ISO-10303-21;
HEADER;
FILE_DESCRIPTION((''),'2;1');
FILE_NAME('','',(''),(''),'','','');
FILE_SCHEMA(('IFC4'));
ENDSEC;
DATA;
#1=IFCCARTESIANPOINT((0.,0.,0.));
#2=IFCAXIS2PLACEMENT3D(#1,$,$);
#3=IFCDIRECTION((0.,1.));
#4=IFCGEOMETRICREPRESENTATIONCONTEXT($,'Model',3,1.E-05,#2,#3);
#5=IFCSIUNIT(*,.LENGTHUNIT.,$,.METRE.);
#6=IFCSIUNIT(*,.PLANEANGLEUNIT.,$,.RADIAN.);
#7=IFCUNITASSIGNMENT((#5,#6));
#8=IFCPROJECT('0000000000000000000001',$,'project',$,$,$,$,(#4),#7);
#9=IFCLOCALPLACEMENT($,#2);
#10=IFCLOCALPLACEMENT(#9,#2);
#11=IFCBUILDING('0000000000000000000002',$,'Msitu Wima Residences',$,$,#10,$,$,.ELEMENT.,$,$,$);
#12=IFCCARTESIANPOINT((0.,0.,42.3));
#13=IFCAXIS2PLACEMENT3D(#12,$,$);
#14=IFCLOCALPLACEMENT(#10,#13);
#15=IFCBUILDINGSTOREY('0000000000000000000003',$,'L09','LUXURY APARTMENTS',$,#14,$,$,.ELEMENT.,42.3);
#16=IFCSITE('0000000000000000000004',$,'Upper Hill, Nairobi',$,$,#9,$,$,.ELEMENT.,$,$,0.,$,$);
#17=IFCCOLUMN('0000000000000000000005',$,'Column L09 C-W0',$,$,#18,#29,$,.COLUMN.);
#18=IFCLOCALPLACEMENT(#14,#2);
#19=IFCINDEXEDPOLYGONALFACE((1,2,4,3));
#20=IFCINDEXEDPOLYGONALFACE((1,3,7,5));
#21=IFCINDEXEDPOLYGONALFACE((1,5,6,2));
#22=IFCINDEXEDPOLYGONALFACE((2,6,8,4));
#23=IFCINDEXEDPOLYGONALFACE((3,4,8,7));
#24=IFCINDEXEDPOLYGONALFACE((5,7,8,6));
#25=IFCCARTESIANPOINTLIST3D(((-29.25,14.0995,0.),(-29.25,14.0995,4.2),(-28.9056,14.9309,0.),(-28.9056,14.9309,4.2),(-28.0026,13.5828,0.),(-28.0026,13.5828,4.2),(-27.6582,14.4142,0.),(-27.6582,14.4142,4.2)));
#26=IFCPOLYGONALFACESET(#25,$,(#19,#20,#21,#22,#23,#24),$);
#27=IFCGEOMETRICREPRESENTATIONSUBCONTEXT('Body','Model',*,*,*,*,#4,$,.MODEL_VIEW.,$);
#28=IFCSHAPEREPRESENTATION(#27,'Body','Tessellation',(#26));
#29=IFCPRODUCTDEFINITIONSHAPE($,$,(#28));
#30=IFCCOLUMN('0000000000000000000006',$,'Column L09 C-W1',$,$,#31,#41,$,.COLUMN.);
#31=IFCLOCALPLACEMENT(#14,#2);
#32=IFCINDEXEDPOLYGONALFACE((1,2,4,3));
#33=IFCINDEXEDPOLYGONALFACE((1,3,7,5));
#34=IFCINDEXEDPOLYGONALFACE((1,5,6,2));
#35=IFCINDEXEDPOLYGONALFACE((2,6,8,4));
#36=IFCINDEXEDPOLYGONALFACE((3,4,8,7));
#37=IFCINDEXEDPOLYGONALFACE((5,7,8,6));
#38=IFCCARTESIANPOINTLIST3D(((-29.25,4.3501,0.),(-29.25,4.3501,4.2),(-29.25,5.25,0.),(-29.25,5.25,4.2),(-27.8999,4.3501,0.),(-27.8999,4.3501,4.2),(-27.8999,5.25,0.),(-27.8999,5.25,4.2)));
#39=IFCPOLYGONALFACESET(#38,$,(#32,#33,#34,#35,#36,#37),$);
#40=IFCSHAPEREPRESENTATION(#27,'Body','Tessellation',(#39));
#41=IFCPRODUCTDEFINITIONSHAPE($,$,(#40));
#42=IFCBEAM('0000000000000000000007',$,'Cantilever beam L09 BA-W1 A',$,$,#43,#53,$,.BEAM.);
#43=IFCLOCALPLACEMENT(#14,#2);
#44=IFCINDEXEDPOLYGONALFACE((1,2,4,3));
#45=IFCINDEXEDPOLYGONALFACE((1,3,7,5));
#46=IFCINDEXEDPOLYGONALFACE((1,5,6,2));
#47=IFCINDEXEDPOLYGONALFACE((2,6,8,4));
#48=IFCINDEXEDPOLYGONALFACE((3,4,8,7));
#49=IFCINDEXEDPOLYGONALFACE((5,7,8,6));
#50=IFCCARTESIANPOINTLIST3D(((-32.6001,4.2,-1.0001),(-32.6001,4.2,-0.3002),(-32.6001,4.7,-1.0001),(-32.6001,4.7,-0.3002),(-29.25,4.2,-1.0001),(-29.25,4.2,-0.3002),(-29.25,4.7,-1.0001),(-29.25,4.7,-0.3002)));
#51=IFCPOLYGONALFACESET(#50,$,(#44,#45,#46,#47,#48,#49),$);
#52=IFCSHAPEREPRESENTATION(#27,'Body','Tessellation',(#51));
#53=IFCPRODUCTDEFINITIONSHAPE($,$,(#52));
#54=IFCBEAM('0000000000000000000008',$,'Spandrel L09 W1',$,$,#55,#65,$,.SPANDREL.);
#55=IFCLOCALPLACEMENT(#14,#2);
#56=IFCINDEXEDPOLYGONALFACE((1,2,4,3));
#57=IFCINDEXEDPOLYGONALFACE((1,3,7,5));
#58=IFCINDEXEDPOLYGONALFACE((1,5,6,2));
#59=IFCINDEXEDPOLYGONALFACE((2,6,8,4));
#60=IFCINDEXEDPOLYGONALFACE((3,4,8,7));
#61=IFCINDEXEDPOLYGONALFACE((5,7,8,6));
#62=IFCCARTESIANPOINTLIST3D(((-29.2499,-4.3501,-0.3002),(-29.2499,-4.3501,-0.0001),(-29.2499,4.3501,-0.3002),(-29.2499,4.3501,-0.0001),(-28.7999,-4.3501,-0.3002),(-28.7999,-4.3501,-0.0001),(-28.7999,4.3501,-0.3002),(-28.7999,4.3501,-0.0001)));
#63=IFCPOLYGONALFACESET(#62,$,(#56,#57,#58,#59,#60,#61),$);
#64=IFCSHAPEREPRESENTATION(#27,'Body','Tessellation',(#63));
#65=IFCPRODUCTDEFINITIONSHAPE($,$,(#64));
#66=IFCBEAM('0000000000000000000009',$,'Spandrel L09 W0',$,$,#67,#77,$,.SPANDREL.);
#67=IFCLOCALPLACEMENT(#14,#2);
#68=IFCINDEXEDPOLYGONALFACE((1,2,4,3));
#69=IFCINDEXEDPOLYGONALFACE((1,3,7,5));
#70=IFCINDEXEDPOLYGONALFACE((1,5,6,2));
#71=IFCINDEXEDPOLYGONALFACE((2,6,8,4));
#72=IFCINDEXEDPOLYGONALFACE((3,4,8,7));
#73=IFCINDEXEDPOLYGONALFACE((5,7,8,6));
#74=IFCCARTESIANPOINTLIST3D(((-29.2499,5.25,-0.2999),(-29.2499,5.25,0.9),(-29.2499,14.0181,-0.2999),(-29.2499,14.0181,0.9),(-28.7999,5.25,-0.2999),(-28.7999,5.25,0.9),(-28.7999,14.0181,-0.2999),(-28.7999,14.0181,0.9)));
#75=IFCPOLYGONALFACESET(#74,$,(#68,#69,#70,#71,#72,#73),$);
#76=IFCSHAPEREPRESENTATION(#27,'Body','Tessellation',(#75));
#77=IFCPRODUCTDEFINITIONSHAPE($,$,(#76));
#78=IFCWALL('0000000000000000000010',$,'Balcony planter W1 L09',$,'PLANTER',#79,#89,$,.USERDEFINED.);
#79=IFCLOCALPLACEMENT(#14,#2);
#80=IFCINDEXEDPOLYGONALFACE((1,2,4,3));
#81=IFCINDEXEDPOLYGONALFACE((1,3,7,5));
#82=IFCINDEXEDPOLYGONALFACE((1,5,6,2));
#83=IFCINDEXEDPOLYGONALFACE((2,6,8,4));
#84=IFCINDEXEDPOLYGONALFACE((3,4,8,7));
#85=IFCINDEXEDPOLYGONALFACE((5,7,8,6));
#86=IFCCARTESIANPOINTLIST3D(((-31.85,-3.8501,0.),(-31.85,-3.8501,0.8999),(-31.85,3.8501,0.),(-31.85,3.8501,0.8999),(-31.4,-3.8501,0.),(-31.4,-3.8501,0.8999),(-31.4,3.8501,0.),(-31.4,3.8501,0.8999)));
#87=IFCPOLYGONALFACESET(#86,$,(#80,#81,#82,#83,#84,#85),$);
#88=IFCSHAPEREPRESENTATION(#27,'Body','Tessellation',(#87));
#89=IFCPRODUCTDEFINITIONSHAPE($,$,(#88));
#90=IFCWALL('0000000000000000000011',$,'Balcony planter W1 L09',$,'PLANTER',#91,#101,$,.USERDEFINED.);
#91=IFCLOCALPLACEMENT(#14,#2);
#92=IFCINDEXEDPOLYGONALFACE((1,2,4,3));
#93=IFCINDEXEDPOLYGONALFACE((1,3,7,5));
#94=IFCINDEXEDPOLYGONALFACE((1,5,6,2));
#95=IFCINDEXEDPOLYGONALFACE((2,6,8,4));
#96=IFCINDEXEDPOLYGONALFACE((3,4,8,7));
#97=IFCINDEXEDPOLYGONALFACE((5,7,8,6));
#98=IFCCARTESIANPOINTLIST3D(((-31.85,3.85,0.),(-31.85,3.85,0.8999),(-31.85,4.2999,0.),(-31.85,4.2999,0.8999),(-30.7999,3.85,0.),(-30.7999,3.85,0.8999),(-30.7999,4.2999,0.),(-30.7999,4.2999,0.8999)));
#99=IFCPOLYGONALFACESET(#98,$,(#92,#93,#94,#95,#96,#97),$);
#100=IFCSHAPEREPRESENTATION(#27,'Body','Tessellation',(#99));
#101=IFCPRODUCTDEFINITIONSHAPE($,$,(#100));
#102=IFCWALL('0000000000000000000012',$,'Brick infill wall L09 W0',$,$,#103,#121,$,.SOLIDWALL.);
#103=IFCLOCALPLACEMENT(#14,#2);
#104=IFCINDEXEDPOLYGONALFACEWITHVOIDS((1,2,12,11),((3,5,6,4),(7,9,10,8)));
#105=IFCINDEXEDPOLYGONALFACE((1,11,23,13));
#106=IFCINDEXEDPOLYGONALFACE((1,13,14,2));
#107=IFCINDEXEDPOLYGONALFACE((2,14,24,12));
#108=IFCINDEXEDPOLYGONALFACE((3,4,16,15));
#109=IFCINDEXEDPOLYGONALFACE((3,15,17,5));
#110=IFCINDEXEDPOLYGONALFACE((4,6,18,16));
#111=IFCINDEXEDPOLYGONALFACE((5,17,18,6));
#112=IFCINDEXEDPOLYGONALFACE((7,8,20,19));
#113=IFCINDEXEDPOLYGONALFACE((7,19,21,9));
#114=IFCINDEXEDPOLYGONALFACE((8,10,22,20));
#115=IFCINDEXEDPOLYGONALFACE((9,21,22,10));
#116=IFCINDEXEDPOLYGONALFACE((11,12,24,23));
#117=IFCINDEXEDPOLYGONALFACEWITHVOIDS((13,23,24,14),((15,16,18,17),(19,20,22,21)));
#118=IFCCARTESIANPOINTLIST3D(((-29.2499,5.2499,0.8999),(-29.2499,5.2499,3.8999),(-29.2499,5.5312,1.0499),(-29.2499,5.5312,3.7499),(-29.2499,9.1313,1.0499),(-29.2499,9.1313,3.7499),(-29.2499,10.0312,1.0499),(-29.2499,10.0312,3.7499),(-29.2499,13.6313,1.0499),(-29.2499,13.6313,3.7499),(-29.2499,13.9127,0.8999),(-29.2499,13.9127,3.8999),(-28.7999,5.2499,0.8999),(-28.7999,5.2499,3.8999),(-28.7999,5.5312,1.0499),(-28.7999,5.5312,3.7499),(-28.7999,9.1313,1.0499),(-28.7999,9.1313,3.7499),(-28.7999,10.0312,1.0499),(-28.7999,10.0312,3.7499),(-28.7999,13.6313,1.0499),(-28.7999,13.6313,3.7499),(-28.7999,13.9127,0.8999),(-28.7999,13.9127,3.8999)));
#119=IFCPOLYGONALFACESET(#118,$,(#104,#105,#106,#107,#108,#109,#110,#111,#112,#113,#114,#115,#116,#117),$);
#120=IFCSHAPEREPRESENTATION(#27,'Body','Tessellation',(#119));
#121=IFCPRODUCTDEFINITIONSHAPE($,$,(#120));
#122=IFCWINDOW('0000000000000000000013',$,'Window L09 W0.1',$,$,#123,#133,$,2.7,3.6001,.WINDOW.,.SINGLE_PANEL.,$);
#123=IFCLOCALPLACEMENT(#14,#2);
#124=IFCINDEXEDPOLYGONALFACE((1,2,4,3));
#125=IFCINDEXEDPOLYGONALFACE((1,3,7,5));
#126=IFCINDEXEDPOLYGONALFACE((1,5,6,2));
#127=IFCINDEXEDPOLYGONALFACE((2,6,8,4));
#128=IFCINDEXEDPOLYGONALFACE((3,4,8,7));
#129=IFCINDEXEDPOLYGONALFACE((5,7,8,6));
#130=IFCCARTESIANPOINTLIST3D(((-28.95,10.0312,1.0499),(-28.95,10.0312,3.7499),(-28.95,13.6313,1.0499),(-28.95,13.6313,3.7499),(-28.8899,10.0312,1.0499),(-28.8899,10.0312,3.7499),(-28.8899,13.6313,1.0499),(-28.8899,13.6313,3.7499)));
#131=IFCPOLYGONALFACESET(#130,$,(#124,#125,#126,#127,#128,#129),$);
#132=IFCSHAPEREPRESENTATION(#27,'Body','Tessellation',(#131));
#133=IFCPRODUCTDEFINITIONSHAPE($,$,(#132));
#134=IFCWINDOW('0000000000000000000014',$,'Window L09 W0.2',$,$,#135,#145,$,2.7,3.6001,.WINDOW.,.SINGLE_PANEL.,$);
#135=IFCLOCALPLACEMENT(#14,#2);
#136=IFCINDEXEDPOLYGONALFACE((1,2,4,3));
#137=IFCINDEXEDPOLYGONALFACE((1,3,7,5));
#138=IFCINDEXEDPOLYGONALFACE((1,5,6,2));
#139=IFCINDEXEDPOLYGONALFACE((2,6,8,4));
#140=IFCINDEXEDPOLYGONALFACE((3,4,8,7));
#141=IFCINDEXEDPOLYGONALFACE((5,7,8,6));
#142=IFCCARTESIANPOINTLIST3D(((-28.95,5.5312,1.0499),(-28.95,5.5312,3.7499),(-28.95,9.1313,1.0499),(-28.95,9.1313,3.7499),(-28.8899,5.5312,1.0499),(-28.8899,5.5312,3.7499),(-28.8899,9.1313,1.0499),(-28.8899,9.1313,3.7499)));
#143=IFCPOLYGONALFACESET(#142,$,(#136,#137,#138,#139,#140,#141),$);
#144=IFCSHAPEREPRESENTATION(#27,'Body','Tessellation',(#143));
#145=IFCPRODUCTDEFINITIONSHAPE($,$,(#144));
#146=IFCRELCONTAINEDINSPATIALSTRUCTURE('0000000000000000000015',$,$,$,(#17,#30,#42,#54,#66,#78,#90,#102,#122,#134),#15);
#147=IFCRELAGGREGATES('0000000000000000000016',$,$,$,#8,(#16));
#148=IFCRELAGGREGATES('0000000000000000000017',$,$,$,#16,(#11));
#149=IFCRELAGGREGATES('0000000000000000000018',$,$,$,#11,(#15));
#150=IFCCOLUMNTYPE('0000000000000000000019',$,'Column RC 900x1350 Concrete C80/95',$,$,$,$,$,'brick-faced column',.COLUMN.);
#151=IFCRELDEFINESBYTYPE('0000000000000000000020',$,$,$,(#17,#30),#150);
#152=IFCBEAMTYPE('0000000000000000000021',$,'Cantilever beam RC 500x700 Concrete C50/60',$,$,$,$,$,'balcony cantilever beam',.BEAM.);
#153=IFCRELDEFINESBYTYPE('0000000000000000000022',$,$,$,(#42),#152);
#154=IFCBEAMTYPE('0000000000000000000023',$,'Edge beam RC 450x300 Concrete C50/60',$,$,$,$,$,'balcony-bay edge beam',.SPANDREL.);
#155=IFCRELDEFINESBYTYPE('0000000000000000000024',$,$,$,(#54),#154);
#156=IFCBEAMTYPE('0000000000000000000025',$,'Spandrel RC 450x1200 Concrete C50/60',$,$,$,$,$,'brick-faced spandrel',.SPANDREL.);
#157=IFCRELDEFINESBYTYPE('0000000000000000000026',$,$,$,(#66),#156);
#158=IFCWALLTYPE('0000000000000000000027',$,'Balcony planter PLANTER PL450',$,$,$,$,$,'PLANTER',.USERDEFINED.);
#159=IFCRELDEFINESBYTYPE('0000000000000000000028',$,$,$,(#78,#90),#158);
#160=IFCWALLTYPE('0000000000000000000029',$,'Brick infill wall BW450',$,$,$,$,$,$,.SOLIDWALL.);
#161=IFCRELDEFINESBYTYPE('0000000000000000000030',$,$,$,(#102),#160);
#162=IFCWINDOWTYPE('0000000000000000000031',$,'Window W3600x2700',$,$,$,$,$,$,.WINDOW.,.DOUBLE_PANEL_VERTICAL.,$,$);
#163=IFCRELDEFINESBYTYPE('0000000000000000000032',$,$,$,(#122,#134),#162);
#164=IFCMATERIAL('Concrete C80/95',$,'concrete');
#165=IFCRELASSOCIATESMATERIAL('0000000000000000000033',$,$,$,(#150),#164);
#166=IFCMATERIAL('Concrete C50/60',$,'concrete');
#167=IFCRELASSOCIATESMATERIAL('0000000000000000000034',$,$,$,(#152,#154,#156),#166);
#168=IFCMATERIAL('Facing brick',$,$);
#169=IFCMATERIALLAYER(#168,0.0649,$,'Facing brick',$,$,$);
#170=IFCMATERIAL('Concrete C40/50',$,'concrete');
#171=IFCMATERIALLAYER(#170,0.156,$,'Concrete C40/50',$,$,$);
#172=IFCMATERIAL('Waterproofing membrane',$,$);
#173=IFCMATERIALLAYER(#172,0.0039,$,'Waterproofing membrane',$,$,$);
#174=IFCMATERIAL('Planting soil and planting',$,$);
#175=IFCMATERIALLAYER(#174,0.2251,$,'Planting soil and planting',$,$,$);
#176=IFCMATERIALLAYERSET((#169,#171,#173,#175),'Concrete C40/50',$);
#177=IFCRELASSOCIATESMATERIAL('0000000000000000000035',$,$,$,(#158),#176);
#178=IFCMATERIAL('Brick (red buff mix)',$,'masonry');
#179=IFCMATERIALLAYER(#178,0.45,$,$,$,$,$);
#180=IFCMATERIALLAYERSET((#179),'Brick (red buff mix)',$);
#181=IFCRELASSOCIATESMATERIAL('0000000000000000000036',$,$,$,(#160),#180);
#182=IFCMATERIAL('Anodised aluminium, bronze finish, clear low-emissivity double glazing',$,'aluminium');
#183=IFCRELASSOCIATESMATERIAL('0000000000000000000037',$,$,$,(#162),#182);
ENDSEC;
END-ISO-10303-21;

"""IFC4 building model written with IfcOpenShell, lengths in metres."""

from ifc_helpers import new_model, si_unit, direction, frame, frame_2d, origin, origin_2d, place, context, subcontext, project, spatial, rectangle, extrude, material, layer, layer_set, material_profile, profile_set, type_object, element, fill, save


model = new_model("IFC4")

# Units and contexts
model_context = context("Model", 3, precision=1e-05, world=origin(), true_north=direction((0.0, 1.0)))
body_context = subcontext(model_context, "Body", "Model", "MODEL_VIEW")
ifc_project = project(units=[si_unit("LENGTHUNIT", "METRE"), si_unit("PLANEANGLEUNIT", "RADIAN")], contexts=[model_context])

# Site, building, storey
site_placement = place(None, origin())
site = spatial("IfcSite", under=ifc_project, at=site_placement, Name="Upper Hill, Nairobi", CompositionType="ELEMENT", RefElevation=0.0)
building_placement = place(site_placement, origin())
building = spatial("IfcBuilding", under=site, at=building_placement, Name="Msitu Wima Residences", CompositionType="ELEMENT")
storey_placement = place(building_placement, frame((0.0, 0.0, 42.3)))
storey = spatial("IfcBuildingStorey", under=building, at=storey_placement, Name="L09", Description="LUXURY APARTMENTS", CompositionType="ELEMENT", Elevation=42.3)

# Columns
ifc_material_1 = material(Name="Concrete C80/95", Category="concrete")
ifc_material_profile_1 = material_profile(ifc_material_1, rectangle(XDim=0.8999, YDim=1.3501, at=origin_2d()), Name="RC 900x1350")
ifc_profile_set_1 = profile_set([ifc_material_profile_1], Name="Concrete C80/95")
column_type = type_object("IfcColumnType", Name="Column RC 900x1350 Concrete C80/95", ElementType="brick-faced column", PredefinedType="COLUMN", material=ifc_profile_set_1)
for number, where, z_axis, x_axis, name in (
    (1, (-28.4541, 14.2568, 0.0), (0.0, 0.0, 1.0), (-0.382683, -0.92388, 0.0), "Column L09 C-W0"),
    (2, (-28.575, 4.8, 0.0), (0.0, 0.0, 1.0), (0.0, -1.0, 0.0), "Column L09 C-W1"),
):
    element("IfcColumn", number, at=place(storey_placement, frame(where, z_axis=z_axis, x_axis=x_axis)), inside=storey, type_object=column_type, Name=name, PredefinedType="COLUMN", context=body_context, shape_type="SweptSolid", body=[
        extrude(rectangle(XDim=0.8999, YDim=1.3501, at=origin_2d()), origin(), (0.0, 0.0, 1.0), 4.2),
    ])

# Beams
ifc_material_2 = material(Name="Concrete C50/60", Category="concrete")
ifc_material_profile_2 = material_profile(ifc_material_2, rectangle(XDim=0.5, YDim=0.7, at=origin_2d()), Name="RC 500x700")
ifc_profile_set_2 = profile_set([ifc_material_profile_2], Name="Concrete C50/60")
beam_type_1 = type_object("IfcBeamType", Name="Cantilever beam RC 500x700 Concrete C50/60", ElementType="balcony cantilever beam", PredefinedType="BEAM", material=ifc_profile_set_2)
beam_1_placement = place(storey_placement, frame((-29.25, 4.45, -0.6501), z_axis=(-1.0, 0.0, 0.0), x_axis=(0.0, -1.0, 0.0)))
element("IfcBeam", 3, at=beam_1_placement, inside=storey, type_object=beam_type_1, Name="Cantilever beam L09 BA-W1 A", PredefinedType="BEAM", context=body_context, shape_type="SweptSolid", body=[
    extrude(rectangle(XDim=0.5, YDim=0.7, at=origin_2d()), origin(), (0.0, 0.0, 1.0), 3.3501),
])
ifc_material_profile_3 = material_profile(ifc_material_2, rectangle(XDim=0.45, YDim=0.3, at=origin_2d()), Name="RC 450x300")
ifc_profile_set_3 = profile_set([ifc_material_profile_3], Name="Concrete C50/60")
beam_type_2 = type_object("IfcBeamType", Name="Edge beam RC 450x300 Concrete C50/60", ElementType="balcony-bay edge beam", PredefinedType="SPANDREL", material=ifc_profile_set_3)
beam_2_placement = place(storey_placement, frame((-29.0249, 4.3501, -0.1501), z_axis=(0.0, -1.0, 0.0), x_axis=(1.0, 0.0, 0.0)))
element("IfcBeam", 4, at=beam_2_placement, inside=storey, type_object=beam_type_2, Name="Spandrel L09 W1", PredefinedType="SPANDREL", context=body_context, shape_type="SweptSolid", body=[
    extrude(rectangle(XDim=0.45, YDim=0.3, at=origin_2d()), origin(), (0.0, 0.0, 1.0), 8.7002),
])
ifc_material_profile_4 = material_profile(ifc_material_2, rectangle(XDim=0.45, YDim=1.2, at=origin_2d()), Name="RC 450x1200")
ifc_profile_set_4 = profile_set([ifc_material_profile_4], Name="Concrete C50/60")
beam_type_3 = type_object("IfcBeamType", Name="Spandrel RC 450x1200 Concrete C50/60", ElementType="brick-faced spandrel", PredefinedType="SPANDREL", material=ifc_profile_set_4)
beam_3_placement = place(storey_placement, frame((-29.0249, 14.0181, 0.3), z_axis=(0.0, -1.0, 0.0), x_axis=(1.0, 0.0, 0.0)))
element("IfcBeam", 5, at=beam_3_placement, inside=storey, type_object=beam_type_3, Name="Spandrel L09 W0", PredefinedType="SPANDREL", context=body_context, shape_type="SweptSolid", body=[
    extrude(rectangle(XDim=0.45, YDim=1.2, at=origin_2d()), origin(), (0.0, 0.0, 1.0), 8.7681),
])

# Walls
ifc_material_3 = material(Name="Facing brick")
ifc_layer_1 = layer(ifc_material_3, 0.0649, Name="Facing brick")
ifc_material_4 = material(Name="Concrete C40/50", Category="concrete")
ifc_layer_2 = layer(ifc_material_4, 0.156, Name="Concrete C40/50")
ifc_material_5 = material(Name="Waterproofing membrane")
ifc_layer_3 = layer(ifc_material_5, 0.0039, Name="Waterproofing membrane")
ifc_material_6 = material(Name="Planting soil and planting")
ifc_layer_4 = layer(ifc_material_6, 0.2251, Name="Planting soil and planting")
ifc_layer_set_1 = layer_set([ifc_layer_1, ifc_layer_2, ifc_layer_3, ifc_layer_4], Name="Concrete C40/50")
wall_type_1 = type_object("IfcWallType", Name="Balcony planter PLANTER PL450", ElementType="PLANTER", PredefinedType="USERDEFINED", material=ifc_layer_set_1)
wall_1_placement = place(storey_placement, frame((-31.625, 3.8501, 0.0), z_axis=(0.0, 0.0, 1.0), x_axis=(0.0, -1.0, 0.0)))
element("IfcWall", 6, at=wall_1_placement, inside=storey, type_object=wall_type_1, Name="Balcony planter W1 L09", ObjectType="PLANTER", PredefinedType="USERDEFINED", context=body_context, shape_type="SweptSolid", body=[
    extrude(rectangle(XDim=7.7002, YDim=0.45, at=frame_2d((3.8501, 0.0))), origin(), (0.0, 0.0, 1.0), 0.8999),
])
wall_2_placement = place(storey_placement, frame((-30.8, 4.075, 0.0), z_axis=(0.0, 0.0, 1.0), x_axis=(-1.0, 0.0, 0.0)))
element("IfcWall", 7, at=wall_2_placement, inside=storey, type_object=wall_type_1, Name="Balcony planter W1 L09", ObjectType="PLANTER", PredefinedType="USERDEFINED", context=body_context, shape_type="SweptSolid", body=[
    extrude(rectangle(XDim=1.05, YDim=0.45, at=frame_2d((0.5249, 0.0))), origin(), (0.0, 0.0, 1.0), 0.8999),
])

# Wall, openings, windows
ifc_material_7 = material(Name="Brick (red buff mix)", Category="masonry")
ifc_layer_5 = layer(ifc_material_7, 0.45)
ifc_layer_set_2 = layer_set([ifc_layer_5], Name="Brick (red buff mix)")
wall_type_2 = type_object("IfcWallType", Name="Brick infill wall BW450", PredefinedType="SOLIDWALL", material=ifc_layer_set_2)
wall_3_placement = place(storey_placement, frame((-29.0249, 13.9128, 0.8999), z_axis=(0.0, 0.0, 1.0), x_axis=(0.0, -1.0, 0.0)))
wall_3 = element("IfcWall", 8, at=wall_3_placement, inside=storey, type_object=wall_type_2, Name="Brick infill wall L09 W0", PredefinedType="SOLIDWALL", context=body_context, shape_type="SweptSolid", body=[
    extrude(rectangle(XDim=8.6628, YDim=0.45, at=frame_2d((4.3315, 0.0))), origin(), (0.0, 0.0, 1.0), 3.0),
])
opening_1_placement = place(wall_3_placement, frame((0.2815, 0.0, 0.1499)))
opening_1 = element("IfcOpeningElement", 9, at=opening_1_placement, cuts=wall_3, PredefinedType="OPENING", context=body_context, shape_type="SweptSolid", body=[
    extrude(rectangle(XDim=3.6001, YDim=2.7, at=frame_2d((1.8, 1.3501))), frame((0.0, 0.2349, 0.0), z_axis=(0.0, -1.0, 0.0), x_axis=(1.0, 0.0, 0.0)), (0.0, 0.0, 1.0), 0.47),
])
opening_2_placement = place(wall_3_placement, frame((4.7815, 0.0, 0.1499)))
opening_2 = element("IfcOpeningElement", 10, at=opening_2_placement, cuts=wall_3, PredefinedType="OPENING", context=body_context, shape_type="SweptSolid", body=[
    extrude(rectangle(XDim=3.6001, YDim=2.7, at=frame_2d((1.8, 1.3501))), frame((0.0, 0.2349, 0.0), z_axis=(0.0, -1.0, 0.0), x_axis=(1.0, 0.0, 0.0)), (0.0, 0.0, 1.0), 0.47),
])
ifc_material_8 = material(Name="Anodised aluminium, bronze finish, clear low-emissivity double glazing", Category="aluminium")
window_type = type_object("IfcWindowType", Name="Window W3600x2700", PartitioningType="DOUBLE_PANEL_VERTICAL", PredefinedType="WINDOW", material=ifc_material_8)
window_1_placement = place(opening_1_placement, origin())
window_1 = element("IfcWindow", 11, at=window_1_placement, inside=storey, type_object=window_type, Name="Window L09 W0.1", OverallHeight=2.7, OverallWidth=3.6001, PartitioningType="SINGLE_PANEL", PredefinedType="WINDOW", context=body_context, shape_type="SweptSolid", body=[
    extrude(rectangle(XDim=3.6001, YDim=2.7, at=frame_2d((1.8, 1.3501))), frame((0.0, 0.135, 0.0), z_axis=(0.0, -1.0, 0.0), x_axis=(1.0, 0.0, 0.0)), (0.0, 0.0, 1.0), 0.0601),
])
fill(opening_1, window_1)
window_2_placement = place(opening_2_placement, origin())
window_2 = element("IfcWindow", 12, at=window_2_placement, inside=storey, type_object=window_type, Name="Window L09 W0.2", OverallHeight=2.7, OverallWidth=3.6001, PartitioningType="SINGLE_PANEL", PredefinedType="WINDOW", context=body_context, shape_type="SweptSolid", body=[
    extrude(rectangle(XDim=3.6001, YDim=2.7, at=frame_2d((1.8, 1.3501))), frame((0.0, 0.135, 0.0), z_axis=(0.0, -1.0, 0.0), x_axis=(1.0, 0.0, 0.0)), (0.0, 0.0, 1.0), 0.0601),
])
fill(opening_2, window_2)

save(model, "model.ifc")
